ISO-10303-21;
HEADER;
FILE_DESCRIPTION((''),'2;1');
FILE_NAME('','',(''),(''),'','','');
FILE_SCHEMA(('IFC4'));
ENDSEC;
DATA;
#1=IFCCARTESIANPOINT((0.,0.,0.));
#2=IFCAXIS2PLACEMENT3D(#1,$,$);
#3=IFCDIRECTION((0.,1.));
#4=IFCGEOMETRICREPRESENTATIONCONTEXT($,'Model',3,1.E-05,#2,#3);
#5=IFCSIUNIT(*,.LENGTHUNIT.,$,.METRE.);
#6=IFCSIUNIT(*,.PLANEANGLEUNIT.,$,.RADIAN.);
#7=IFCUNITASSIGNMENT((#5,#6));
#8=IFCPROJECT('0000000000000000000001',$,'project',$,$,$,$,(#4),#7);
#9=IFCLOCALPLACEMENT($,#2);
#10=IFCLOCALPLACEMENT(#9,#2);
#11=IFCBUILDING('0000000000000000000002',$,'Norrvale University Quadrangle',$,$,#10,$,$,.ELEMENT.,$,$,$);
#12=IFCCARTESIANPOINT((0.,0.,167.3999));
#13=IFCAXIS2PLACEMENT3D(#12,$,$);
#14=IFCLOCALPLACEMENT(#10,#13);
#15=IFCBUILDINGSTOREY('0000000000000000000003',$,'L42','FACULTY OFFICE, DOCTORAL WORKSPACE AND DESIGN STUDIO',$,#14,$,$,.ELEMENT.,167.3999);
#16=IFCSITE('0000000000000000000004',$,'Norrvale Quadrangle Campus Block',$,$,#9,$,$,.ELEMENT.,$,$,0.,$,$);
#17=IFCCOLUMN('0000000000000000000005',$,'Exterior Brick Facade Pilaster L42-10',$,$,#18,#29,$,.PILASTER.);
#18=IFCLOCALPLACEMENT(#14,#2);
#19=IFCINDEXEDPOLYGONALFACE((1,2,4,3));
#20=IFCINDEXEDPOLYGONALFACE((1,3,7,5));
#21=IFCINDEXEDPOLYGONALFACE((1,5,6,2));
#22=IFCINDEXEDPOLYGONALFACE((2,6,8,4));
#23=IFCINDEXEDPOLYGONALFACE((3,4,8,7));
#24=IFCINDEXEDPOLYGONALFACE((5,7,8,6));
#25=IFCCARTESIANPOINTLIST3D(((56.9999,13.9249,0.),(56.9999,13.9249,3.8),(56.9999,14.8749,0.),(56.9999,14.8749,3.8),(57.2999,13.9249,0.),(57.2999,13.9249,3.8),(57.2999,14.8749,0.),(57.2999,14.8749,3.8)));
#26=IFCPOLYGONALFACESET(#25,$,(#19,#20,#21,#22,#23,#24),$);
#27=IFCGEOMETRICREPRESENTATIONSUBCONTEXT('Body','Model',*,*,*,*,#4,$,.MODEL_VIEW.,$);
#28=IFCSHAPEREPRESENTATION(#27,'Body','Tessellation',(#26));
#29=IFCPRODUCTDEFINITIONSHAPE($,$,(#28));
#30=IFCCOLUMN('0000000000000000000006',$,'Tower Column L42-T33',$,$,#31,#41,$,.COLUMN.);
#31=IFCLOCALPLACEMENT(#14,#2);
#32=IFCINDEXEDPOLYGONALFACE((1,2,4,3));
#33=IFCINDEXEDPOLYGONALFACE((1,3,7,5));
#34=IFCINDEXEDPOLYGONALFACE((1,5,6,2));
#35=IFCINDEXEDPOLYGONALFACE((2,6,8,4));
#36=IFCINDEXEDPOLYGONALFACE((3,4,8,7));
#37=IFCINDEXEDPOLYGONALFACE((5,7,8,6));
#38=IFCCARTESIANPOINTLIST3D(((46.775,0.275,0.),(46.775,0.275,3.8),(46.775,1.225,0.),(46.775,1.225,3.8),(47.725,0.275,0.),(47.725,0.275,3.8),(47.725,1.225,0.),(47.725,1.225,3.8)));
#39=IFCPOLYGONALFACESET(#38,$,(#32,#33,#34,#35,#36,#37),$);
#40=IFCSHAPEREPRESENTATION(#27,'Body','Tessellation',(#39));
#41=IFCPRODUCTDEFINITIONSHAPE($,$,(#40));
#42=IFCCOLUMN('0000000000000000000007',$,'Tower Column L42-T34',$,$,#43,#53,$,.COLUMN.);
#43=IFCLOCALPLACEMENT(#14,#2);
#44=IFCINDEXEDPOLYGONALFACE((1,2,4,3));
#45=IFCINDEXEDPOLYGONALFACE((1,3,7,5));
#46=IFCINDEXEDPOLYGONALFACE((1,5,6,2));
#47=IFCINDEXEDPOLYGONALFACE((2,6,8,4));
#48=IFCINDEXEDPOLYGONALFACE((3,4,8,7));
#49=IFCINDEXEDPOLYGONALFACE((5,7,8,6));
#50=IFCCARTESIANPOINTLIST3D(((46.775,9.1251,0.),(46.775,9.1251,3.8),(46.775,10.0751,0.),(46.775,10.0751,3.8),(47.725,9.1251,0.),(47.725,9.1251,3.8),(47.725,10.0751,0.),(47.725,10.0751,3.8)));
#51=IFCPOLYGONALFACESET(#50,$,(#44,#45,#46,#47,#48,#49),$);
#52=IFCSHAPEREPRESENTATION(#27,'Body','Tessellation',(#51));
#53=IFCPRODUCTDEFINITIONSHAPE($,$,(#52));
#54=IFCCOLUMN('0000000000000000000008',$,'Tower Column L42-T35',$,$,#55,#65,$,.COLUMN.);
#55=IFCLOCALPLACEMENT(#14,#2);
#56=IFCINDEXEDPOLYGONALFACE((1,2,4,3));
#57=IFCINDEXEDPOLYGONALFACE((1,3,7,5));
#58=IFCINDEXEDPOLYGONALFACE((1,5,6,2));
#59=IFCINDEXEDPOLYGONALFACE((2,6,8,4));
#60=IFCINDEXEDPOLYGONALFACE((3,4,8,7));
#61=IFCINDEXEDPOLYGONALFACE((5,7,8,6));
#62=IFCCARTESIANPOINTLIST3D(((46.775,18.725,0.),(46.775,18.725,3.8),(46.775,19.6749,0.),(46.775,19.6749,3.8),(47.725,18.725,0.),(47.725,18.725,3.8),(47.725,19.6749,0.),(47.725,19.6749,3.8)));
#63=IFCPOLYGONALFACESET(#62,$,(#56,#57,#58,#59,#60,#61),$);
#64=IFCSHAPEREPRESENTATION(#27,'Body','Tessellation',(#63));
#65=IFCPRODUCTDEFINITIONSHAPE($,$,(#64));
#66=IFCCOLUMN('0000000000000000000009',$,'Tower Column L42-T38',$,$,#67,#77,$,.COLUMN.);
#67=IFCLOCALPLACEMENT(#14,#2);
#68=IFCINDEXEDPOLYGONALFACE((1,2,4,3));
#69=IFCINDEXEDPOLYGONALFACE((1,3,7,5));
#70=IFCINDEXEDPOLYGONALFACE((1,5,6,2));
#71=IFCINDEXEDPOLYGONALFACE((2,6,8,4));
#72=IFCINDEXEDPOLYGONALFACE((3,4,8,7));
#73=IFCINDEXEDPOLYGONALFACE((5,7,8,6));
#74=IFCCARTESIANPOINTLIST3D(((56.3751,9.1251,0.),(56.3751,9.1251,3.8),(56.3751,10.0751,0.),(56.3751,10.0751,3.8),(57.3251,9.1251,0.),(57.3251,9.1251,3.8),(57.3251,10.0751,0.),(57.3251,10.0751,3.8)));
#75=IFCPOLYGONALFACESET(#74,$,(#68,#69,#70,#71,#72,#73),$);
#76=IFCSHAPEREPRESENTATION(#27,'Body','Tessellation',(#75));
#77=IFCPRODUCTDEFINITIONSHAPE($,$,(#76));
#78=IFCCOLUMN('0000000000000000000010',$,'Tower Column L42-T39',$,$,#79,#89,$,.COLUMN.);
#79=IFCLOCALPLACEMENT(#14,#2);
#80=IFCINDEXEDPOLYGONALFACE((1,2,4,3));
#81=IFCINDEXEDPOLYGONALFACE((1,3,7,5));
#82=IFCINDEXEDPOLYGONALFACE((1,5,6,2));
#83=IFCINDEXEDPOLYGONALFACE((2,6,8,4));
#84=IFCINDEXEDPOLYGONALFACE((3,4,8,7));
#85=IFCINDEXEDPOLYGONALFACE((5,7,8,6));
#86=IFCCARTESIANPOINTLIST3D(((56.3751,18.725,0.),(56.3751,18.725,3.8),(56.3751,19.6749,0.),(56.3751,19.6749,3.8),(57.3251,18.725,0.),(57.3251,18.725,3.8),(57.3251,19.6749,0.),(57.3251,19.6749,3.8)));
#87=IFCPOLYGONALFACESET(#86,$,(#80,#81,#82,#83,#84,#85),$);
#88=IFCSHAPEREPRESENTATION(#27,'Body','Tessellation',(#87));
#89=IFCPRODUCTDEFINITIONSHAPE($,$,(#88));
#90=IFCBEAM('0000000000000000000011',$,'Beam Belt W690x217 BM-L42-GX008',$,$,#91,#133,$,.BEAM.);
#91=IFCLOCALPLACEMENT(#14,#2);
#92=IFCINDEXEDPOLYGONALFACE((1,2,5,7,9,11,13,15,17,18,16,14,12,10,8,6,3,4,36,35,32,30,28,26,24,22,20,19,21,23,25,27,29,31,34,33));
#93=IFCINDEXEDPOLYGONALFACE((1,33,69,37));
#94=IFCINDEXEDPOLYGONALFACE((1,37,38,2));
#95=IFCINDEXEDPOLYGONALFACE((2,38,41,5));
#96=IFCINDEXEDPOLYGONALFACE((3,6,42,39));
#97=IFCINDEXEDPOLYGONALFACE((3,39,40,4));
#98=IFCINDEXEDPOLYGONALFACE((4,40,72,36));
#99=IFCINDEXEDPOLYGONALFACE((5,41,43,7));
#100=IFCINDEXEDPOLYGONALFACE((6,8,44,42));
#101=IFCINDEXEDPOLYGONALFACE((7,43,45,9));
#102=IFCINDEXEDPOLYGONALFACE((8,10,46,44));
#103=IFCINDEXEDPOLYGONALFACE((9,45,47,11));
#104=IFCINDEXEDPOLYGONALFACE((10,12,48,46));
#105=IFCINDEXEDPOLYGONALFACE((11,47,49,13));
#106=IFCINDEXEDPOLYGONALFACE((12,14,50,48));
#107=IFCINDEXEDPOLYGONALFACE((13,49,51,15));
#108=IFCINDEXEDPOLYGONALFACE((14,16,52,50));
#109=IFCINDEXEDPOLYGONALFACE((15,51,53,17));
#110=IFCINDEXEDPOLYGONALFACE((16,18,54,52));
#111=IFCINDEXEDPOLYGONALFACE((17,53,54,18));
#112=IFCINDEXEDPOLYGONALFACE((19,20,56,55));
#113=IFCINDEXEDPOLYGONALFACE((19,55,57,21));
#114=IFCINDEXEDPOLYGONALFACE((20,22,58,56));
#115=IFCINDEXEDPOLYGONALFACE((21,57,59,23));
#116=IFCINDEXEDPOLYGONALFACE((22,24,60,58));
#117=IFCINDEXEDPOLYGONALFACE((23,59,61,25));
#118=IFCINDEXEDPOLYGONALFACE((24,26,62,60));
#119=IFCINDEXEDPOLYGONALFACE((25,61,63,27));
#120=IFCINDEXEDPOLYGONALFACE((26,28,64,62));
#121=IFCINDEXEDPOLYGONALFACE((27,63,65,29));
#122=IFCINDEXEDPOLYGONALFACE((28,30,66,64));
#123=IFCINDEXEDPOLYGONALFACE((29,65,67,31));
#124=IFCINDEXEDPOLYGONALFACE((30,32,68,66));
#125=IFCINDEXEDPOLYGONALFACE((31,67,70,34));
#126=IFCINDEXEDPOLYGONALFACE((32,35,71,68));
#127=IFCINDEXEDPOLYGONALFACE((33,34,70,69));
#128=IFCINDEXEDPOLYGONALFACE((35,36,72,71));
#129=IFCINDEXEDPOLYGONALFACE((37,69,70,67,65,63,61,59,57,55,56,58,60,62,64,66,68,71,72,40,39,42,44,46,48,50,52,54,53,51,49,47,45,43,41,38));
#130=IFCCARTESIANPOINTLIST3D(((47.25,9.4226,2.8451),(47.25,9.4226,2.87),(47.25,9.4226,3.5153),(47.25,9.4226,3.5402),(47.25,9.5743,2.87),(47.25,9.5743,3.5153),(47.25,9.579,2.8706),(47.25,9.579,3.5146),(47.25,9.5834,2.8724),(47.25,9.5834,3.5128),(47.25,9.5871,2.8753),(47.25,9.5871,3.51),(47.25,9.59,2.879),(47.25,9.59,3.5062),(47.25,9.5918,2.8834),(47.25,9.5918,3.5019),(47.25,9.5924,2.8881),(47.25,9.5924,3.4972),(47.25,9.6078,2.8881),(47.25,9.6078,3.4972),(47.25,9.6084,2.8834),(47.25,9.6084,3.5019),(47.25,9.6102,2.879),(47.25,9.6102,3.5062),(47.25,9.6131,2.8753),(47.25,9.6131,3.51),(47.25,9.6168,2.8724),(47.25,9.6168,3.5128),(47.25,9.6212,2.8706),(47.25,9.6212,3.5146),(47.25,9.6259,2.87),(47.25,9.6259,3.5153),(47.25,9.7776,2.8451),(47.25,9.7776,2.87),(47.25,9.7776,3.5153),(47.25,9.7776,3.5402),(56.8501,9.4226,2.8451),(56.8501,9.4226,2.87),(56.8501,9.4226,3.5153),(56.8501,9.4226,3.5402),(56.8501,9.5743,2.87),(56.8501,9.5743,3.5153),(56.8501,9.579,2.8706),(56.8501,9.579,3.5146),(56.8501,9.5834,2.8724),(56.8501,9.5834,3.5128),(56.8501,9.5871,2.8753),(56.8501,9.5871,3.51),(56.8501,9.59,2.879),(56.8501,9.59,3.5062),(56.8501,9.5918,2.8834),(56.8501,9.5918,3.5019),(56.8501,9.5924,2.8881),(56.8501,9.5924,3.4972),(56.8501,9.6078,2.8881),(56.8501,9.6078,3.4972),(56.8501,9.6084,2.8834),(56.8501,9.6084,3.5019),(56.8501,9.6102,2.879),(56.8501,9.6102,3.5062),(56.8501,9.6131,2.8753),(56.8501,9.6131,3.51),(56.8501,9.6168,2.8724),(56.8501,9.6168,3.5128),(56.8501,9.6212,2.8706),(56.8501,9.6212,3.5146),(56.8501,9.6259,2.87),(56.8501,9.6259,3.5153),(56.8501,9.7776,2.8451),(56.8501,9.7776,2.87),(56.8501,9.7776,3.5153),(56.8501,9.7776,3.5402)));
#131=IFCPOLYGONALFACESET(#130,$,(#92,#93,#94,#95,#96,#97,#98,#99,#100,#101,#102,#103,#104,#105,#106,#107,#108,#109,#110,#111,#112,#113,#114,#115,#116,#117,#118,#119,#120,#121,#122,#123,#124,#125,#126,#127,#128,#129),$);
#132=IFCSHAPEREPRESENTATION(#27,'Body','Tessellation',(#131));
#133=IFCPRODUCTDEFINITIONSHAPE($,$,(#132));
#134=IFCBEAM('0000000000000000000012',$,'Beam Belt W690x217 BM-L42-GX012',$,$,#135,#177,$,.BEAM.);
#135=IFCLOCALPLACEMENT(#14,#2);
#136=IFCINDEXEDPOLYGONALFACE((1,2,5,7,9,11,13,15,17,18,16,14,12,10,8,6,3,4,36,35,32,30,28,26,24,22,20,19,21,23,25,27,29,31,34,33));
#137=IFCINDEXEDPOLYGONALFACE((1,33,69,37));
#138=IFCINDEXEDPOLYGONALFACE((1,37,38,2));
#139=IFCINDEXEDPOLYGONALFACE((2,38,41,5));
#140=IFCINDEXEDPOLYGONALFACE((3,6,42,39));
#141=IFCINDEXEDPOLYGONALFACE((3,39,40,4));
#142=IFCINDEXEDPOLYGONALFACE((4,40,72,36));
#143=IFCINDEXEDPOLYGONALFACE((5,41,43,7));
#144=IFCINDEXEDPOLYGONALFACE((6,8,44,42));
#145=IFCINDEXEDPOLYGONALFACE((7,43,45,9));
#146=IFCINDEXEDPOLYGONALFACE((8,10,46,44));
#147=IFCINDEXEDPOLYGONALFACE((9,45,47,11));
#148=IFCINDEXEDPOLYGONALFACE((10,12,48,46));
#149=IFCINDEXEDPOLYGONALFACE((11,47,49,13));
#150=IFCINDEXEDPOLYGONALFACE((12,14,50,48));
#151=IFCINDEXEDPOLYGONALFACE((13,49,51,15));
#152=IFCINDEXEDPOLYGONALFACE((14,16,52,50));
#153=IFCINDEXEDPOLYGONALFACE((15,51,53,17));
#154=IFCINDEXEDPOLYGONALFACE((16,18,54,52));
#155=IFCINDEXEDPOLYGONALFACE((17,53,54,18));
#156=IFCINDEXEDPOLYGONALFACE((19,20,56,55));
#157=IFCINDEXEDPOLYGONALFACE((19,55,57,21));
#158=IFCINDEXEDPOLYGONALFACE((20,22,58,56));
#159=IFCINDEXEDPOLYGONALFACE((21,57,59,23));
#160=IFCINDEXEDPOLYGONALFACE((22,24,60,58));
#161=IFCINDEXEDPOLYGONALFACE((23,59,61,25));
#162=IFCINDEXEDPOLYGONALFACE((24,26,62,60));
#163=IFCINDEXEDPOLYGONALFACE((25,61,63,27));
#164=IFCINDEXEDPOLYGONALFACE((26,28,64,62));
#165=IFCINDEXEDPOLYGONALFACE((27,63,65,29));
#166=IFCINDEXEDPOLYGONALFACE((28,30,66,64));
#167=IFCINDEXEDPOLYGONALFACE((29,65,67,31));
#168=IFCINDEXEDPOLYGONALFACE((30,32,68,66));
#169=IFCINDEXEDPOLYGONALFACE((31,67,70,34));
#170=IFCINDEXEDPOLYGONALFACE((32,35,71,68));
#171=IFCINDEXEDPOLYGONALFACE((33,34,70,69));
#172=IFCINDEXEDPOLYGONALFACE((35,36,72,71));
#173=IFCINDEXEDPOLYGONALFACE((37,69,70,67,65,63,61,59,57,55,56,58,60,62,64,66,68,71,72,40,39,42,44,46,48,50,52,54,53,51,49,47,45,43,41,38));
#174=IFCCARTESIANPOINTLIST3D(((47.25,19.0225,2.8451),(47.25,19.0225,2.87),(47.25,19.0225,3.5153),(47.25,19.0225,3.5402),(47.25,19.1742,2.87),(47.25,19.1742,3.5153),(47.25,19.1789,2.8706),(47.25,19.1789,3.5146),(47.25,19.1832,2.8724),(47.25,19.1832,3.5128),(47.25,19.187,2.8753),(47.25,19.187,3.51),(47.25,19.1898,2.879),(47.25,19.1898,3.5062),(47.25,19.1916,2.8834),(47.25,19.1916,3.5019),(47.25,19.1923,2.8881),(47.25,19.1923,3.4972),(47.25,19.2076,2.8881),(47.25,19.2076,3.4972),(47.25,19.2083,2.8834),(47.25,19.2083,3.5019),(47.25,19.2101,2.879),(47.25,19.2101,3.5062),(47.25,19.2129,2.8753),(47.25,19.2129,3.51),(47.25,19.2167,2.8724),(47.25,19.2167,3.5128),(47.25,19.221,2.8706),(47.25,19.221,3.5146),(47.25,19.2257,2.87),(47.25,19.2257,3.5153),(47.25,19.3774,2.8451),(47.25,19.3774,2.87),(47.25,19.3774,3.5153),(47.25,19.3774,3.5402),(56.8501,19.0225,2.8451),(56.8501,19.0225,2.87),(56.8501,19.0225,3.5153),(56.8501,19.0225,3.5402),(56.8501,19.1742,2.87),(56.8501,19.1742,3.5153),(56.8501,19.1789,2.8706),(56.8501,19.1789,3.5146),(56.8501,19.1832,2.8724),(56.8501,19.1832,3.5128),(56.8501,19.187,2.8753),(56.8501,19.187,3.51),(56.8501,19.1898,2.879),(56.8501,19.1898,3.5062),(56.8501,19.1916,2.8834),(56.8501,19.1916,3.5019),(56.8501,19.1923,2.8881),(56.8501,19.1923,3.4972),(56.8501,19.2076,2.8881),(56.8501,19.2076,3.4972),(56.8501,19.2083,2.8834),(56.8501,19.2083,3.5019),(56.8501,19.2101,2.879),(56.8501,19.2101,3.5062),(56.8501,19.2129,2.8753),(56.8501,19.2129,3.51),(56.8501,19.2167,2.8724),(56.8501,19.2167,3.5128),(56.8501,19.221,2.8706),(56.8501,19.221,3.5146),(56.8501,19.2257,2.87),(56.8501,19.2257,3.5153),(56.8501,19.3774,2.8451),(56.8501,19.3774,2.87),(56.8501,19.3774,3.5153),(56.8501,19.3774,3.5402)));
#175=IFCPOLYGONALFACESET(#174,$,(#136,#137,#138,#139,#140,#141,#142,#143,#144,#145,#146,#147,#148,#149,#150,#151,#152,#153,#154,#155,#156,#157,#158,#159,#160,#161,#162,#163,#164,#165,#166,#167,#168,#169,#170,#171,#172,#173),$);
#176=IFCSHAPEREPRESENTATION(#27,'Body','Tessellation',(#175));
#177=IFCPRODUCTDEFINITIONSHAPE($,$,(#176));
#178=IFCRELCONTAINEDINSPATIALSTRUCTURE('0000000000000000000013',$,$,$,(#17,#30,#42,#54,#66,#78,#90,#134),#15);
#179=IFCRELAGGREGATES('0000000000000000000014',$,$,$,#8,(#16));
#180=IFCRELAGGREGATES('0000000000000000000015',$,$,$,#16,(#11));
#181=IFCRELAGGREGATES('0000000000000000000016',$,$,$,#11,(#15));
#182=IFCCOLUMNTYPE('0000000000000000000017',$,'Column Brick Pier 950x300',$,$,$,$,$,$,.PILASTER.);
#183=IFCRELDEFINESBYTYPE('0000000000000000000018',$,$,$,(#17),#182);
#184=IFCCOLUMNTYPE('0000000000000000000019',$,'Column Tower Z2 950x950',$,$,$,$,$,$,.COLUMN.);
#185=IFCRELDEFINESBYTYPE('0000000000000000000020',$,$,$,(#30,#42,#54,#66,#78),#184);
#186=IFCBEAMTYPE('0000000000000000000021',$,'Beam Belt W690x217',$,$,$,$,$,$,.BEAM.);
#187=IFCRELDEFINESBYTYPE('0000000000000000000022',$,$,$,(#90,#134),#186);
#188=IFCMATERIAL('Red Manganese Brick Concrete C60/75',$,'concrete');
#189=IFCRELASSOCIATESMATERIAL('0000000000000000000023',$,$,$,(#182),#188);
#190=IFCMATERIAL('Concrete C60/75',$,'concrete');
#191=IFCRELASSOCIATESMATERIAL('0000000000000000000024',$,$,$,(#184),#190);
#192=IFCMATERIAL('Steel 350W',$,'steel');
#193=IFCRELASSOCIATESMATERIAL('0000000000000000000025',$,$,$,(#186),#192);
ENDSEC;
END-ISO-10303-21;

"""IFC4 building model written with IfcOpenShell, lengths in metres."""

from ifc_helpers import new_model, si_unit, direction, frame, origin, origin_2d, place, context, subcontext, project, spatial, rectangle, i_section, extrude, material, material_profile, profile_set, type_object, element, save


model = new_model("IFC4")

# Units and contexts
model_context = context("Model", 3, precision=1e-05, world=origin(), true_north=direction((0.0, 1.0)))
body_context = subcontext(model_context, "Body", "Model", "MODEL_VIEW")
ifc_project = project(units=[si_unit("LENGTHUNIT", "METRE"), si_unit("PLANEANGLEUNIT", "RADIAN")], contexts=[model_context])

# Site, building, storey
site_placement = place(None, origin())
site = spatial("IfcSite", under=ifc_project, at=site_placement, Name="Norrvale Quadrangle Campus Block", CompositionType="ELEMENT", RefElevation=0.0)
building_placement = place(site_placement, origin())
building = spatial("IfcBuilding", under=site, at=building_placement, Name="Norrvale University Quadrangle", CompositionType="ELEMENT")
storey_placement = place(building_placement, frame((0.0, 0.0, 167.3999)))
storey = spatial("IfcBuildingStorey", under=building, at=storey_placement, Name="L42", Description="FACULTY OFFICE, DOCTORAL WORKSPACE AND DESIGN STUDIO", CompositionType="ELEMENT", Elevation=167.3999)

# Columns
ifc_material_1 = material(Name="Red Manganese Brick Concrete C60/75", Category="concrete")
ifc_material_profile_1 = material_profile(ifc_material_1, rectangle(XDim=0.95, YDim=0.3, at=origin_2d()), Name="Red Manganese Brick Concrete C60/75")
ifc_profile_set_1 = profile_set([ifc_material_profile_1], Name="Red Manganese Brick Concrete C60/75")
column_type_1 = type_object("IfcColumnType", Name="Column Brick Pier 950x300", PredefinedType="PILASTER", material=ifc_profile_set_1)
column_placement = place(storey_placement, frame((57.1499, 14.3999, 0.0), z_axis=(0.0, 0.0, 1.0), x_axis=(0.0, 1.0, 0.0)))
element("IfcColumn", 1, at=column_placement, inside=storey, type_object=column_type_1, Name="Exterior Brick Facade Pilaster L42-10", PredefinedType="PILASTER", context=body_context, shape_type="SweptSolid", body=[
    extrude(rectangle(XDim=0.95, YDim=0.3, at=origin_2d()), origin(), (0.0, 0.0, 1.0), 3.8),
])
ifc_material_2 = material(Name="Concrete C60/75", Category="concrete")
ifc_material_profile_2 = material_profile(ifc_material_2, rectangle(XDim=0.95, YDim=0.95, at=origin_2d()), Name="Concrete C60/75")
ifc_profile_set_2 = profile_set([ifc_material_profile_2], Name="Concrete C60/75")
column_type_2 = type_object("IfcColumnType", Name="Column Tower Z2 950x950", PredefinedType="COLUMN", material=ifc_profile_set_2)
for number, where, z_axis, x_axis, name in (
    (2, (47.25, 0.75, 0.0), (0.0, 0.0, 1.0), (1.0, 0.0, 0.0), "Tower Column L42-T33"),
    (3, (47.25, 9.6001, 0.0), (0.0, 0.0, 1.0), (1.0, 0.0, 0.0), "Tower Column L42-T34"),
    (4, (47.25, 19.2, 0.0), (0.0, 0.0, 1.0), (1.0, 0.0, 0.0), "Tower Column L42-T35"),
    (5, (56.8501, 9.6001, 0.0), (0.0, 0.0, 1.0), (1.0, 0.0, 0.0), "Tower Column L42-T38"),
    (6, (56.8501, 19.2, 0.0), (0.0, 0.0, 1.0), (1.0, 0.0, 0.0), "Tower Column L42-T39"),
):
    element("IfcColumn", number, at=place(storey_placement, frame(where, z_axis=z_axis, x_axis=x_axis)), inside=storey, type_object=column_type_2, Name=name, PredefinedType="COLUMN", context=body_context, shape_type="SweptSolid", body=[
        extrude(rectangle(XDim=0.95, YDim=0.95, at=origin_2d()), origin(), (0.0, 0.0, 1.0), 3.8),
    ])

# Beams
ifc_material_3 = material(Name="Steel 350W", Category="steel")
ifc_material_profile_3 = material_profile(ifc_material_3, i_section(OverallWidth=0.355, OverallDepth=0.6951, WebThickness=0.0154, FlangeThickness=0.0249, FilletRadius=0.0181, at=origin_2d()), Name="Steel 350W")
ifc_profile_set_3 = profile_set([ifc_material_profile_3], Name="Steel 350W")
beam_type_1 = type_object("IfcBeamType", Name="Beam Belt W690x217", PredefinedType="BEAM", material=ifc_profile_set_3)
for number, where, z_axis, x_axis, name in (
    (7, (47.25, 9.6001, 3.1926), (1.0, 0.0, 0.0), (0.0, 1.0, 0.0), "Beam Belt W690x217 BM-L42-GX008"),
    (8, (47.25, 19.2, 3.1926), (1.0, 0.0, 0.0), (0.0, 1.0, 0.0), "Beam Belt W690x217 BM-L42-GX012"),
):
    element("IfcBeam", number, at=place(storey_placement, frame(where, z_axis=z_axis, x_axis=x_axis)), inside=storey, type_object=beam_type_1, Name=name, PredefinedType="BEAM", context=body_context, shape_type="SweptSolid", body=[
        extrude(i_section(OverallWidth=0.355, OverallDepth=0.6951, WebThickness=0.0154, FlangeThickness=0.0249, FilletRadius=0.0181, at=origin_2d()), origin(), (0.0, 0.0, 1.0), 9.6001),
    ])

save(model, "model.ifc")
